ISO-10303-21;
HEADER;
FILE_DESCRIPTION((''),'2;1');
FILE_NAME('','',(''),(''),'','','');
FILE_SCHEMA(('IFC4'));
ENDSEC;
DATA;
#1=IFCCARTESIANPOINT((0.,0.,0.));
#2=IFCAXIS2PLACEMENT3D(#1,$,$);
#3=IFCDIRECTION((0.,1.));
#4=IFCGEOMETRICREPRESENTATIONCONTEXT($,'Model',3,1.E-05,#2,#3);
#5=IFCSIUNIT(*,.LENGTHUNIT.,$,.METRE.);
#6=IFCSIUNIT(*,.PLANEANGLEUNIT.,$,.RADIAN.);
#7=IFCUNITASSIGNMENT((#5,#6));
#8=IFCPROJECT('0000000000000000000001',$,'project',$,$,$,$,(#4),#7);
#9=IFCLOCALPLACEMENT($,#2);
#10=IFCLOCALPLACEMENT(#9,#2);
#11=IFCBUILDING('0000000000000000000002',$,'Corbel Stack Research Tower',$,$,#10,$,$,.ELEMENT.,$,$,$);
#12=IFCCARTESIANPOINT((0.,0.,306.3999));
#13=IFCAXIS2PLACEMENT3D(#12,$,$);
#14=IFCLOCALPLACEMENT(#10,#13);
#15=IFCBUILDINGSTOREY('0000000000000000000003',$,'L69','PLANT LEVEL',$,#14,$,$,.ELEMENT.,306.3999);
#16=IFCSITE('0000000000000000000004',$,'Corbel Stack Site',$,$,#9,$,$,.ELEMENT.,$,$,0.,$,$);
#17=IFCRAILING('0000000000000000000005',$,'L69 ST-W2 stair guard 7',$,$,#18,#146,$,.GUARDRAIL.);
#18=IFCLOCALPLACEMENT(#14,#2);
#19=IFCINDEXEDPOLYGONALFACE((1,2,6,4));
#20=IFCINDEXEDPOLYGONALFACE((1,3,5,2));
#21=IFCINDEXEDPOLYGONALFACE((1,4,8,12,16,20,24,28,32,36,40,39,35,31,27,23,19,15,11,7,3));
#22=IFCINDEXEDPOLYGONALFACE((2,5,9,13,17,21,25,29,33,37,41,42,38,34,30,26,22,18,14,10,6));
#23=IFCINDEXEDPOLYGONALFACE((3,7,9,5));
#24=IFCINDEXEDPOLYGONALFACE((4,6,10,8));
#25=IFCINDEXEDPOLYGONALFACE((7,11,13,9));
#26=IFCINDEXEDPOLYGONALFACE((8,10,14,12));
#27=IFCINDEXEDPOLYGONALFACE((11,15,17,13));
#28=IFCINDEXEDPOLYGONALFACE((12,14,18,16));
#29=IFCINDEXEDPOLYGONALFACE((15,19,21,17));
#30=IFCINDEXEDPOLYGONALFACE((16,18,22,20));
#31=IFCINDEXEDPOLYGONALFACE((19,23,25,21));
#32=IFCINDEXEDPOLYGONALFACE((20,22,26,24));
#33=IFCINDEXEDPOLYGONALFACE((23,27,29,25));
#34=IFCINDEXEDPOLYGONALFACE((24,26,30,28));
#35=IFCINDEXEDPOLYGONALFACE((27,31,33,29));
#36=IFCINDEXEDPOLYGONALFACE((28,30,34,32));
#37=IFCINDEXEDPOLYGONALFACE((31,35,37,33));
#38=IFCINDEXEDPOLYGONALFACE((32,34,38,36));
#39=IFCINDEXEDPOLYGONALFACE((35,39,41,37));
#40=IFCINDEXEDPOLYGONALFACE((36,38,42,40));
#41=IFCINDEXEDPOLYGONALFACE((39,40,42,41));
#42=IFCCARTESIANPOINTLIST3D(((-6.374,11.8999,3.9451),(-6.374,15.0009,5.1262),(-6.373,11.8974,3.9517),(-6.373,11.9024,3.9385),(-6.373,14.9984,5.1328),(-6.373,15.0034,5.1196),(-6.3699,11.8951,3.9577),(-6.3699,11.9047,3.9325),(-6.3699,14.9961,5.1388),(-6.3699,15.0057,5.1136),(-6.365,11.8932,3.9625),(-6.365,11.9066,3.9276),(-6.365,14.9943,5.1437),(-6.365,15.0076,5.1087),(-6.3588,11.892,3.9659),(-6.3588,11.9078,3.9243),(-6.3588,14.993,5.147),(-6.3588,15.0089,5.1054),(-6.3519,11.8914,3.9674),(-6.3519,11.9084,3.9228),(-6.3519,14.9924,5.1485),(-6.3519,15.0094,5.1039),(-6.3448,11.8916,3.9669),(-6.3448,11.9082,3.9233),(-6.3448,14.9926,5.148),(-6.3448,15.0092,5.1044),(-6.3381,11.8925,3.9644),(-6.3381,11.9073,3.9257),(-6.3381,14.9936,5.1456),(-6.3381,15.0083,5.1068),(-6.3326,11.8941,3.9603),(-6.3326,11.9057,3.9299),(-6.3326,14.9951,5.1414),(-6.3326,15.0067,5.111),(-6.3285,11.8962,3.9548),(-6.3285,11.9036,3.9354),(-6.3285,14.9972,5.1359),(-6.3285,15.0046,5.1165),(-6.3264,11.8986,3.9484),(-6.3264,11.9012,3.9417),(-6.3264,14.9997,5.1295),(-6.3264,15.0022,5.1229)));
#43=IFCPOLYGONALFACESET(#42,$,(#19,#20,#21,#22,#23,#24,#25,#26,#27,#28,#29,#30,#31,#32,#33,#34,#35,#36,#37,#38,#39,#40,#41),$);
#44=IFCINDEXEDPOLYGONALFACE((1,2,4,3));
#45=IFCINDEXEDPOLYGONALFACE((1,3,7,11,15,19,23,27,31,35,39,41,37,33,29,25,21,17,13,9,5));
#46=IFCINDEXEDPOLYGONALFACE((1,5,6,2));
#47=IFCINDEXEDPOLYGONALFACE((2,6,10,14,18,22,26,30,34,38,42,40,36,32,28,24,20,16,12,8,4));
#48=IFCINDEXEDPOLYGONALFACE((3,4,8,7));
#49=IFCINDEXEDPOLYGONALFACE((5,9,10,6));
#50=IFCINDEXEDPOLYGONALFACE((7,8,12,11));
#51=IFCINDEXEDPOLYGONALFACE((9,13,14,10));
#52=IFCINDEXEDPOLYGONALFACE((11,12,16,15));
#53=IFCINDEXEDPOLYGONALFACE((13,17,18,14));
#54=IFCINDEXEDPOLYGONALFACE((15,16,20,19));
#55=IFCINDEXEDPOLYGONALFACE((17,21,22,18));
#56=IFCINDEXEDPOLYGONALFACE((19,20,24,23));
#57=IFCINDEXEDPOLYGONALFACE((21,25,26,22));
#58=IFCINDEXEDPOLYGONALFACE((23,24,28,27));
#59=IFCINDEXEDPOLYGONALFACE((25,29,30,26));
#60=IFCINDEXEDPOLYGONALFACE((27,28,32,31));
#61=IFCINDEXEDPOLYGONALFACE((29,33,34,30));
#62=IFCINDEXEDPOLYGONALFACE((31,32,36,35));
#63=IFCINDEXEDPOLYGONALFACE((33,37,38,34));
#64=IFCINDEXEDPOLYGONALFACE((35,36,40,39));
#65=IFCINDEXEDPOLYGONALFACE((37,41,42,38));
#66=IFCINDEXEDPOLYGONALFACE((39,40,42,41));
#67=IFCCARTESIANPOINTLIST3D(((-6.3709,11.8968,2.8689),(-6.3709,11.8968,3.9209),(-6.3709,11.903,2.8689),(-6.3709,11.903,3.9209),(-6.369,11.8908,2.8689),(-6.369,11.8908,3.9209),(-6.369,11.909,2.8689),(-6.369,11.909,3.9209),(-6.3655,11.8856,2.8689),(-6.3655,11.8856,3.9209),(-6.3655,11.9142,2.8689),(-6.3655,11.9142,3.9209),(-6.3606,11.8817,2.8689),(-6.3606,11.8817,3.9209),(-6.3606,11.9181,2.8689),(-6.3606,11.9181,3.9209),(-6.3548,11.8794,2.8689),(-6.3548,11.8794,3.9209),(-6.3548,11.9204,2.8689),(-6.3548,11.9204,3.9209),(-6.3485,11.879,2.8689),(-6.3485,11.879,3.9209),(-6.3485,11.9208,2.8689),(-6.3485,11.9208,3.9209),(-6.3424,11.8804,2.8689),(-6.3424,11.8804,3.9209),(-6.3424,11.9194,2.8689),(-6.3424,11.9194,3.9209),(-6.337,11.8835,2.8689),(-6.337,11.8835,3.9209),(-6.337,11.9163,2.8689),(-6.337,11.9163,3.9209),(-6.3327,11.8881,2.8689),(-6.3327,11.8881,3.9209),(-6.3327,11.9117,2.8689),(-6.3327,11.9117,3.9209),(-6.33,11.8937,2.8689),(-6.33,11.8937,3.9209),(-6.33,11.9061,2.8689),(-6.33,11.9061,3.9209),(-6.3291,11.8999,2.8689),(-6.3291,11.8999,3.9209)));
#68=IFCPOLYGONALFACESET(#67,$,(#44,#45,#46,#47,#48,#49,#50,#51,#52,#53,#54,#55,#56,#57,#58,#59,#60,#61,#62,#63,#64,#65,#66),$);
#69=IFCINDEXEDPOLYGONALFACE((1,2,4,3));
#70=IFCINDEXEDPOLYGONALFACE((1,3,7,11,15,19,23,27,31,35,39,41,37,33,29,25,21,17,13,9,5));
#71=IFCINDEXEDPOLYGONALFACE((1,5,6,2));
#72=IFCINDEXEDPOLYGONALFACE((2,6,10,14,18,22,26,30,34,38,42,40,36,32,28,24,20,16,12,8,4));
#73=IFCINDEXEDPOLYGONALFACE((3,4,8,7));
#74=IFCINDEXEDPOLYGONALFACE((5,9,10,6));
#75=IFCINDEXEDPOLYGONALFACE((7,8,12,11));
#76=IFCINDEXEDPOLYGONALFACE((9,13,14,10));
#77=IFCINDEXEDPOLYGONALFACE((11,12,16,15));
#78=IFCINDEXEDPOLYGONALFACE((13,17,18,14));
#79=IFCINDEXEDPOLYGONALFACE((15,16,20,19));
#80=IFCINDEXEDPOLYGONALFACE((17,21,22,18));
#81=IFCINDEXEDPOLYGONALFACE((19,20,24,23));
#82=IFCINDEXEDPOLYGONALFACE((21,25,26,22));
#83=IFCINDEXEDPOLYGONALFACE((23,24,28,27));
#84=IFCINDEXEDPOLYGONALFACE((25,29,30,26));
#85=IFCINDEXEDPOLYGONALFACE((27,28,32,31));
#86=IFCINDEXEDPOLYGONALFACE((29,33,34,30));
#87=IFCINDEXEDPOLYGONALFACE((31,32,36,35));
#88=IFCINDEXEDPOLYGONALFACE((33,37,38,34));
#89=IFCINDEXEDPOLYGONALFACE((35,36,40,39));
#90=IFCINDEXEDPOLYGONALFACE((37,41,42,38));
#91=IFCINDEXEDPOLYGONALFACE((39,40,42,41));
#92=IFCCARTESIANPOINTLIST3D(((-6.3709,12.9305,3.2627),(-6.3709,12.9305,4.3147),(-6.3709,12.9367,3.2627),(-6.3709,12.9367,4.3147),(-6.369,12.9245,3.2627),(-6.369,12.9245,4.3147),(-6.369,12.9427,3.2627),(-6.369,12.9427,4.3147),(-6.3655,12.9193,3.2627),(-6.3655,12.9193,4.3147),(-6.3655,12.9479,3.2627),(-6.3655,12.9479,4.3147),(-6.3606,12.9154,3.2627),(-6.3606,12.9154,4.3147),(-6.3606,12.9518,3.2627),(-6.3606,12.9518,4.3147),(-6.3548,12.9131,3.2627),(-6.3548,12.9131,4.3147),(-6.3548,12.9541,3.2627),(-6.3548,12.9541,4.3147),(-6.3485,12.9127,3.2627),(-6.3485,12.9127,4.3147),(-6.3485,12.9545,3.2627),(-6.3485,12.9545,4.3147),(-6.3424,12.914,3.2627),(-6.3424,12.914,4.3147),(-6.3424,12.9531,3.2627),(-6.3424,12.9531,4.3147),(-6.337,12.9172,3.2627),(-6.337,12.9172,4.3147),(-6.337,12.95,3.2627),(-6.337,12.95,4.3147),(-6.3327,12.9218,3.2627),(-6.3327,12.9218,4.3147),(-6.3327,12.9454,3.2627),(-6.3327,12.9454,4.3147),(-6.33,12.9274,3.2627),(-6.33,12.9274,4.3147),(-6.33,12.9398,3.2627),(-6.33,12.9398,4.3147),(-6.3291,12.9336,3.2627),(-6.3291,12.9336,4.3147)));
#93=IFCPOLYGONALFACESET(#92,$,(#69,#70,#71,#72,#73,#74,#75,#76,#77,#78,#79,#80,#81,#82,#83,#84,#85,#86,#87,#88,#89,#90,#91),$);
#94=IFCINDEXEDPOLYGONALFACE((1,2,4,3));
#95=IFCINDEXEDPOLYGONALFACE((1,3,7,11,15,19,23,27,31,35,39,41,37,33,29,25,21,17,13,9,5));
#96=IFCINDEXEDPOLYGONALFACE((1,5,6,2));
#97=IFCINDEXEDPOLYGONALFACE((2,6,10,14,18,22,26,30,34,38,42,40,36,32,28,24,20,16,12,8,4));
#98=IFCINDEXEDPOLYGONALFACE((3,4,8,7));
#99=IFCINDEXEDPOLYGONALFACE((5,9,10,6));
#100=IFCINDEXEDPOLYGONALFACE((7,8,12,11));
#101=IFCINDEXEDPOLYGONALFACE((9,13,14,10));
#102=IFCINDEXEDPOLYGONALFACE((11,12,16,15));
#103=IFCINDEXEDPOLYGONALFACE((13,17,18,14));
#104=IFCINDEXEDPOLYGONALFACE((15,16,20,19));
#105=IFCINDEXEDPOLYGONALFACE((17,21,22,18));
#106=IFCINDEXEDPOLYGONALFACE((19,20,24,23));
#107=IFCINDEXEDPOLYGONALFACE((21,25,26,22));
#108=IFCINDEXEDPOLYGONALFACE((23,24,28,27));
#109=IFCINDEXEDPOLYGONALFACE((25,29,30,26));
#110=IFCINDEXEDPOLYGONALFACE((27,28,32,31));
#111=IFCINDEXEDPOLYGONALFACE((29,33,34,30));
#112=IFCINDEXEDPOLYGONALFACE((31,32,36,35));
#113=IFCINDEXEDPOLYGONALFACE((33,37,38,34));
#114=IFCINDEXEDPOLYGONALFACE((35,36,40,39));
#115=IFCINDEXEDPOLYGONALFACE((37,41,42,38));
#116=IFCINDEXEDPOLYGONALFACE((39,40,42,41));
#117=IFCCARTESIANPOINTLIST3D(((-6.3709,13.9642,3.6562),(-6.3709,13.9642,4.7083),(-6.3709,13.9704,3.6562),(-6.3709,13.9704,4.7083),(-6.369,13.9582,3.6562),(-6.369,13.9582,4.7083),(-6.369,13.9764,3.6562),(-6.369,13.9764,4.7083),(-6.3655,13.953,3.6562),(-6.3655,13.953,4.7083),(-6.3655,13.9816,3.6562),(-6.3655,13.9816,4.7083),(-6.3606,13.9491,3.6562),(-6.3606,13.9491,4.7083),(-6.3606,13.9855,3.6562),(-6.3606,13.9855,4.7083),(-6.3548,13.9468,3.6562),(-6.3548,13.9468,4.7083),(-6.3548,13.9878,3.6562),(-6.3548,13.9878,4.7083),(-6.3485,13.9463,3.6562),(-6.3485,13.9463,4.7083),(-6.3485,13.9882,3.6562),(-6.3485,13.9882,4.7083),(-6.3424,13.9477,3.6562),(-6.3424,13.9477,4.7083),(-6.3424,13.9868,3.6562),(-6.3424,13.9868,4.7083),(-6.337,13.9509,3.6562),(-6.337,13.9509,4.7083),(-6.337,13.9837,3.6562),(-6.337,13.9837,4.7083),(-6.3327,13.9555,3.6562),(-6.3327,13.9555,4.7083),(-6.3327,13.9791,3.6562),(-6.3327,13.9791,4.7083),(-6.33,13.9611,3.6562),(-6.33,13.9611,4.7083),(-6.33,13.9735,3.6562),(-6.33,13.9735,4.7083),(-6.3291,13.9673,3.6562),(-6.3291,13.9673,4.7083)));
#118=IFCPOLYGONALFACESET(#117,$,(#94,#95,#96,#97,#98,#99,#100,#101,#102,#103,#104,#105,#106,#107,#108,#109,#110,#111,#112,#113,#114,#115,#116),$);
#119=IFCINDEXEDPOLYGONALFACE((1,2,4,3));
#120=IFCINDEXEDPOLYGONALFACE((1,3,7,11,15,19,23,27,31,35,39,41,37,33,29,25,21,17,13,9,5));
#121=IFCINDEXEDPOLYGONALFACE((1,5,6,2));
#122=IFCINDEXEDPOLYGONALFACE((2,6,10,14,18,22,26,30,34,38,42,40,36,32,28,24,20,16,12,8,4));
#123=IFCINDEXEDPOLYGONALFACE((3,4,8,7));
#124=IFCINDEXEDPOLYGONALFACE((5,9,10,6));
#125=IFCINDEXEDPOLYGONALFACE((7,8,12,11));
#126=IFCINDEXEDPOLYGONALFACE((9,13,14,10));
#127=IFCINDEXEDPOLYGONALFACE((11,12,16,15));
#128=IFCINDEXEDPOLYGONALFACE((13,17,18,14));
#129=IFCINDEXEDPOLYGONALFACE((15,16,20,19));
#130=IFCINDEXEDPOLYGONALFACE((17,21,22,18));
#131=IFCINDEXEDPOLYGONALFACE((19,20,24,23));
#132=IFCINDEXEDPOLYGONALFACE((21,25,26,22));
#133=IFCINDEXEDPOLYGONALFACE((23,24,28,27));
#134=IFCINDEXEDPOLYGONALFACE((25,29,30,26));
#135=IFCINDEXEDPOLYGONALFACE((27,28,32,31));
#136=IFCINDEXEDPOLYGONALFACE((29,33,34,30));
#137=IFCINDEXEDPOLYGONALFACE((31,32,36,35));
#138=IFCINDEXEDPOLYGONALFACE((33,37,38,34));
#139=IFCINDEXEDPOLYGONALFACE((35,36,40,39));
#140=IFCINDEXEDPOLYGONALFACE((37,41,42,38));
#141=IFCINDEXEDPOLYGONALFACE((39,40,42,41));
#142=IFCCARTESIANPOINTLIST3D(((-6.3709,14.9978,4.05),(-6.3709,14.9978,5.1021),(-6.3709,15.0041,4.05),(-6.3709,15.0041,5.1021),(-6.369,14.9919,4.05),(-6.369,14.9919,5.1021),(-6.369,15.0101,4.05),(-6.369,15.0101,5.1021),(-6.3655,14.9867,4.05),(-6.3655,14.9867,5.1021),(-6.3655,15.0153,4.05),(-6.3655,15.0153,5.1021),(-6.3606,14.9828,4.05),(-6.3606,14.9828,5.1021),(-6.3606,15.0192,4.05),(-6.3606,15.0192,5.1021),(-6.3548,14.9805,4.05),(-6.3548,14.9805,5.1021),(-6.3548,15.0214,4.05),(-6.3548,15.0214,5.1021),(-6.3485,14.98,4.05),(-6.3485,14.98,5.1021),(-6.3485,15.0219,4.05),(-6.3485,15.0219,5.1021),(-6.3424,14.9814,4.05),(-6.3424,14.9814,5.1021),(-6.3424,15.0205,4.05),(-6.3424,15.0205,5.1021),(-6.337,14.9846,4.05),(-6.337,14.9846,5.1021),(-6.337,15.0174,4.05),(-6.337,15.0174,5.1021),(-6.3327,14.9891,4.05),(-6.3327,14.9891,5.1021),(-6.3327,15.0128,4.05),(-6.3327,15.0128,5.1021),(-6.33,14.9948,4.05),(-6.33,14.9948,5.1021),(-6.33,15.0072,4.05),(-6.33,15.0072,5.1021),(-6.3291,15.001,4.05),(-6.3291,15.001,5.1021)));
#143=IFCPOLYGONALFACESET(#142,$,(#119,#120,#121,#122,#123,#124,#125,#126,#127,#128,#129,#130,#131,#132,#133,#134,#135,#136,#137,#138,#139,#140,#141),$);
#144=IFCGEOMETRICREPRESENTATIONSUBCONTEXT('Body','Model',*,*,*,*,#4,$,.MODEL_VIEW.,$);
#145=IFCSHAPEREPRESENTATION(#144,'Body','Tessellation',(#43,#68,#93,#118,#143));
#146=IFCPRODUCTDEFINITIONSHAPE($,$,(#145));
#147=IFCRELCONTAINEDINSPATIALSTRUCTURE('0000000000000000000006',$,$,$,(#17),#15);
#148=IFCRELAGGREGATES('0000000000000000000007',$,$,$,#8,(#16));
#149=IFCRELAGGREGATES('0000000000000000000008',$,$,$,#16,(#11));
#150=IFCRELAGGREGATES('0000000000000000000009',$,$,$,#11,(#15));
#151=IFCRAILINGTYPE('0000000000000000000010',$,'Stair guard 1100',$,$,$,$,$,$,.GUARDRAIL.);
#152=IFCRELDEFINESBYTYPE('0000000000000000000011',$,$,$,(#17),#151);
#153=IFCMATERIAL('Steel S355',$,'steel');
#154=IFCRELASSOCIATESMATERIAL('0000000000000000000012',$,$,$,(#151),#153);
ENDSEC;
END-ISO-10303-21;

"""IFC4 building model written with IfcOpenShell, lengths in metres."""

from ifc_helpers import new_model, si_unit, direction, frame, origin, origin_2d, place, context, subcontext, project, spatial, circle, extrude, material, type_object, element, save


model = new_model("IFC4")

# Units and contexts
model_context = context("Model", 3, precision=1e-05, world=origin(), true_north=direction((0.0, 1.0)))
body_context = subcontext(model_context, "Body", "Model", "MODEL_VIEW")
ifc_project = project(units=[si_unit("LENGTHUNIT", "METRE"), si_unit("PLANEANGLEUNIT", "RADIAN")], contexts=[model_context])

# Site, building, storey
site_placement = place(None, origin())
site = spatial("IfcSite", under=ifc_project, at=site_placement, Name="Corbel Stack Site", CompositionType="ELEMENT", RefElevation=0.0)
building_placement = place(site_placement, origin())
building = spatial("IfcBuilding", under=site, at=building_placement, Name="Corbel Stack Research Tower", CompositionType="ELEMENT")
storey_placement = place(building_placement, frame((0.0, 0.0, 306.3999)))
storey = spatial("IfcBuildingStorey", under=building, at=storey_placement, Name="L69", Description="PLANT LEVEL", CompositionType="ELEMENT", Elevation=306.3999)

# Railing
ifc_material_1 = material(Name="Steel S355", Category="steel")
railing_type_1 = type_object("IfcRailingType", Name="Stair guard 1100", PredefinedType="GUARDRAIL", material=ifc_material_1)
railing_1_placement = place(storey_placement, frame((-6.3501, 11.8999, 2.8689)))
element("IfcRailing", 1, at=railing_1_placement, inside=storey, type_object=railing_type_1, Name="L69 ST-W2 stair guard 7", PredefinedType="GUARDRAIL", context=body_context, shape_type="SweptSolid", body=[
    extrude(circle(Radius=0.0239, at=origin_2d()), frame((0.0, 0.0, 1.0762), z_axis=(0.0, 0.934509, 0.35594), x_axis=(-1.0, 0.0, 0.0)), (0.0, 0.0, 1.0), 3.3184),
    extrude(circle(Radius=0.021, at=origin_2d()), origin(), (0.0, 0.0, 1.0), 1.052),
    extrude(circle(Radius=0.021, at=origin_2d()), frame((0.0, 1.0337, 0.3938)), (0.0, 0.0, 1.0), 1.052),
    extrude(circle(Radius=0.021, at=origin_2d()), frame((0.0, 2.0674, 0.7874)), (0.0, 0.0, 1.0), 1.052),
    extrude(circle(Radius=0.021, at=origin_2d()), frame((0.0, 3.1011, 1.1812)), (0.0, 0.0, 1.0), 1.052),
])

save(model, "model.ifc")
